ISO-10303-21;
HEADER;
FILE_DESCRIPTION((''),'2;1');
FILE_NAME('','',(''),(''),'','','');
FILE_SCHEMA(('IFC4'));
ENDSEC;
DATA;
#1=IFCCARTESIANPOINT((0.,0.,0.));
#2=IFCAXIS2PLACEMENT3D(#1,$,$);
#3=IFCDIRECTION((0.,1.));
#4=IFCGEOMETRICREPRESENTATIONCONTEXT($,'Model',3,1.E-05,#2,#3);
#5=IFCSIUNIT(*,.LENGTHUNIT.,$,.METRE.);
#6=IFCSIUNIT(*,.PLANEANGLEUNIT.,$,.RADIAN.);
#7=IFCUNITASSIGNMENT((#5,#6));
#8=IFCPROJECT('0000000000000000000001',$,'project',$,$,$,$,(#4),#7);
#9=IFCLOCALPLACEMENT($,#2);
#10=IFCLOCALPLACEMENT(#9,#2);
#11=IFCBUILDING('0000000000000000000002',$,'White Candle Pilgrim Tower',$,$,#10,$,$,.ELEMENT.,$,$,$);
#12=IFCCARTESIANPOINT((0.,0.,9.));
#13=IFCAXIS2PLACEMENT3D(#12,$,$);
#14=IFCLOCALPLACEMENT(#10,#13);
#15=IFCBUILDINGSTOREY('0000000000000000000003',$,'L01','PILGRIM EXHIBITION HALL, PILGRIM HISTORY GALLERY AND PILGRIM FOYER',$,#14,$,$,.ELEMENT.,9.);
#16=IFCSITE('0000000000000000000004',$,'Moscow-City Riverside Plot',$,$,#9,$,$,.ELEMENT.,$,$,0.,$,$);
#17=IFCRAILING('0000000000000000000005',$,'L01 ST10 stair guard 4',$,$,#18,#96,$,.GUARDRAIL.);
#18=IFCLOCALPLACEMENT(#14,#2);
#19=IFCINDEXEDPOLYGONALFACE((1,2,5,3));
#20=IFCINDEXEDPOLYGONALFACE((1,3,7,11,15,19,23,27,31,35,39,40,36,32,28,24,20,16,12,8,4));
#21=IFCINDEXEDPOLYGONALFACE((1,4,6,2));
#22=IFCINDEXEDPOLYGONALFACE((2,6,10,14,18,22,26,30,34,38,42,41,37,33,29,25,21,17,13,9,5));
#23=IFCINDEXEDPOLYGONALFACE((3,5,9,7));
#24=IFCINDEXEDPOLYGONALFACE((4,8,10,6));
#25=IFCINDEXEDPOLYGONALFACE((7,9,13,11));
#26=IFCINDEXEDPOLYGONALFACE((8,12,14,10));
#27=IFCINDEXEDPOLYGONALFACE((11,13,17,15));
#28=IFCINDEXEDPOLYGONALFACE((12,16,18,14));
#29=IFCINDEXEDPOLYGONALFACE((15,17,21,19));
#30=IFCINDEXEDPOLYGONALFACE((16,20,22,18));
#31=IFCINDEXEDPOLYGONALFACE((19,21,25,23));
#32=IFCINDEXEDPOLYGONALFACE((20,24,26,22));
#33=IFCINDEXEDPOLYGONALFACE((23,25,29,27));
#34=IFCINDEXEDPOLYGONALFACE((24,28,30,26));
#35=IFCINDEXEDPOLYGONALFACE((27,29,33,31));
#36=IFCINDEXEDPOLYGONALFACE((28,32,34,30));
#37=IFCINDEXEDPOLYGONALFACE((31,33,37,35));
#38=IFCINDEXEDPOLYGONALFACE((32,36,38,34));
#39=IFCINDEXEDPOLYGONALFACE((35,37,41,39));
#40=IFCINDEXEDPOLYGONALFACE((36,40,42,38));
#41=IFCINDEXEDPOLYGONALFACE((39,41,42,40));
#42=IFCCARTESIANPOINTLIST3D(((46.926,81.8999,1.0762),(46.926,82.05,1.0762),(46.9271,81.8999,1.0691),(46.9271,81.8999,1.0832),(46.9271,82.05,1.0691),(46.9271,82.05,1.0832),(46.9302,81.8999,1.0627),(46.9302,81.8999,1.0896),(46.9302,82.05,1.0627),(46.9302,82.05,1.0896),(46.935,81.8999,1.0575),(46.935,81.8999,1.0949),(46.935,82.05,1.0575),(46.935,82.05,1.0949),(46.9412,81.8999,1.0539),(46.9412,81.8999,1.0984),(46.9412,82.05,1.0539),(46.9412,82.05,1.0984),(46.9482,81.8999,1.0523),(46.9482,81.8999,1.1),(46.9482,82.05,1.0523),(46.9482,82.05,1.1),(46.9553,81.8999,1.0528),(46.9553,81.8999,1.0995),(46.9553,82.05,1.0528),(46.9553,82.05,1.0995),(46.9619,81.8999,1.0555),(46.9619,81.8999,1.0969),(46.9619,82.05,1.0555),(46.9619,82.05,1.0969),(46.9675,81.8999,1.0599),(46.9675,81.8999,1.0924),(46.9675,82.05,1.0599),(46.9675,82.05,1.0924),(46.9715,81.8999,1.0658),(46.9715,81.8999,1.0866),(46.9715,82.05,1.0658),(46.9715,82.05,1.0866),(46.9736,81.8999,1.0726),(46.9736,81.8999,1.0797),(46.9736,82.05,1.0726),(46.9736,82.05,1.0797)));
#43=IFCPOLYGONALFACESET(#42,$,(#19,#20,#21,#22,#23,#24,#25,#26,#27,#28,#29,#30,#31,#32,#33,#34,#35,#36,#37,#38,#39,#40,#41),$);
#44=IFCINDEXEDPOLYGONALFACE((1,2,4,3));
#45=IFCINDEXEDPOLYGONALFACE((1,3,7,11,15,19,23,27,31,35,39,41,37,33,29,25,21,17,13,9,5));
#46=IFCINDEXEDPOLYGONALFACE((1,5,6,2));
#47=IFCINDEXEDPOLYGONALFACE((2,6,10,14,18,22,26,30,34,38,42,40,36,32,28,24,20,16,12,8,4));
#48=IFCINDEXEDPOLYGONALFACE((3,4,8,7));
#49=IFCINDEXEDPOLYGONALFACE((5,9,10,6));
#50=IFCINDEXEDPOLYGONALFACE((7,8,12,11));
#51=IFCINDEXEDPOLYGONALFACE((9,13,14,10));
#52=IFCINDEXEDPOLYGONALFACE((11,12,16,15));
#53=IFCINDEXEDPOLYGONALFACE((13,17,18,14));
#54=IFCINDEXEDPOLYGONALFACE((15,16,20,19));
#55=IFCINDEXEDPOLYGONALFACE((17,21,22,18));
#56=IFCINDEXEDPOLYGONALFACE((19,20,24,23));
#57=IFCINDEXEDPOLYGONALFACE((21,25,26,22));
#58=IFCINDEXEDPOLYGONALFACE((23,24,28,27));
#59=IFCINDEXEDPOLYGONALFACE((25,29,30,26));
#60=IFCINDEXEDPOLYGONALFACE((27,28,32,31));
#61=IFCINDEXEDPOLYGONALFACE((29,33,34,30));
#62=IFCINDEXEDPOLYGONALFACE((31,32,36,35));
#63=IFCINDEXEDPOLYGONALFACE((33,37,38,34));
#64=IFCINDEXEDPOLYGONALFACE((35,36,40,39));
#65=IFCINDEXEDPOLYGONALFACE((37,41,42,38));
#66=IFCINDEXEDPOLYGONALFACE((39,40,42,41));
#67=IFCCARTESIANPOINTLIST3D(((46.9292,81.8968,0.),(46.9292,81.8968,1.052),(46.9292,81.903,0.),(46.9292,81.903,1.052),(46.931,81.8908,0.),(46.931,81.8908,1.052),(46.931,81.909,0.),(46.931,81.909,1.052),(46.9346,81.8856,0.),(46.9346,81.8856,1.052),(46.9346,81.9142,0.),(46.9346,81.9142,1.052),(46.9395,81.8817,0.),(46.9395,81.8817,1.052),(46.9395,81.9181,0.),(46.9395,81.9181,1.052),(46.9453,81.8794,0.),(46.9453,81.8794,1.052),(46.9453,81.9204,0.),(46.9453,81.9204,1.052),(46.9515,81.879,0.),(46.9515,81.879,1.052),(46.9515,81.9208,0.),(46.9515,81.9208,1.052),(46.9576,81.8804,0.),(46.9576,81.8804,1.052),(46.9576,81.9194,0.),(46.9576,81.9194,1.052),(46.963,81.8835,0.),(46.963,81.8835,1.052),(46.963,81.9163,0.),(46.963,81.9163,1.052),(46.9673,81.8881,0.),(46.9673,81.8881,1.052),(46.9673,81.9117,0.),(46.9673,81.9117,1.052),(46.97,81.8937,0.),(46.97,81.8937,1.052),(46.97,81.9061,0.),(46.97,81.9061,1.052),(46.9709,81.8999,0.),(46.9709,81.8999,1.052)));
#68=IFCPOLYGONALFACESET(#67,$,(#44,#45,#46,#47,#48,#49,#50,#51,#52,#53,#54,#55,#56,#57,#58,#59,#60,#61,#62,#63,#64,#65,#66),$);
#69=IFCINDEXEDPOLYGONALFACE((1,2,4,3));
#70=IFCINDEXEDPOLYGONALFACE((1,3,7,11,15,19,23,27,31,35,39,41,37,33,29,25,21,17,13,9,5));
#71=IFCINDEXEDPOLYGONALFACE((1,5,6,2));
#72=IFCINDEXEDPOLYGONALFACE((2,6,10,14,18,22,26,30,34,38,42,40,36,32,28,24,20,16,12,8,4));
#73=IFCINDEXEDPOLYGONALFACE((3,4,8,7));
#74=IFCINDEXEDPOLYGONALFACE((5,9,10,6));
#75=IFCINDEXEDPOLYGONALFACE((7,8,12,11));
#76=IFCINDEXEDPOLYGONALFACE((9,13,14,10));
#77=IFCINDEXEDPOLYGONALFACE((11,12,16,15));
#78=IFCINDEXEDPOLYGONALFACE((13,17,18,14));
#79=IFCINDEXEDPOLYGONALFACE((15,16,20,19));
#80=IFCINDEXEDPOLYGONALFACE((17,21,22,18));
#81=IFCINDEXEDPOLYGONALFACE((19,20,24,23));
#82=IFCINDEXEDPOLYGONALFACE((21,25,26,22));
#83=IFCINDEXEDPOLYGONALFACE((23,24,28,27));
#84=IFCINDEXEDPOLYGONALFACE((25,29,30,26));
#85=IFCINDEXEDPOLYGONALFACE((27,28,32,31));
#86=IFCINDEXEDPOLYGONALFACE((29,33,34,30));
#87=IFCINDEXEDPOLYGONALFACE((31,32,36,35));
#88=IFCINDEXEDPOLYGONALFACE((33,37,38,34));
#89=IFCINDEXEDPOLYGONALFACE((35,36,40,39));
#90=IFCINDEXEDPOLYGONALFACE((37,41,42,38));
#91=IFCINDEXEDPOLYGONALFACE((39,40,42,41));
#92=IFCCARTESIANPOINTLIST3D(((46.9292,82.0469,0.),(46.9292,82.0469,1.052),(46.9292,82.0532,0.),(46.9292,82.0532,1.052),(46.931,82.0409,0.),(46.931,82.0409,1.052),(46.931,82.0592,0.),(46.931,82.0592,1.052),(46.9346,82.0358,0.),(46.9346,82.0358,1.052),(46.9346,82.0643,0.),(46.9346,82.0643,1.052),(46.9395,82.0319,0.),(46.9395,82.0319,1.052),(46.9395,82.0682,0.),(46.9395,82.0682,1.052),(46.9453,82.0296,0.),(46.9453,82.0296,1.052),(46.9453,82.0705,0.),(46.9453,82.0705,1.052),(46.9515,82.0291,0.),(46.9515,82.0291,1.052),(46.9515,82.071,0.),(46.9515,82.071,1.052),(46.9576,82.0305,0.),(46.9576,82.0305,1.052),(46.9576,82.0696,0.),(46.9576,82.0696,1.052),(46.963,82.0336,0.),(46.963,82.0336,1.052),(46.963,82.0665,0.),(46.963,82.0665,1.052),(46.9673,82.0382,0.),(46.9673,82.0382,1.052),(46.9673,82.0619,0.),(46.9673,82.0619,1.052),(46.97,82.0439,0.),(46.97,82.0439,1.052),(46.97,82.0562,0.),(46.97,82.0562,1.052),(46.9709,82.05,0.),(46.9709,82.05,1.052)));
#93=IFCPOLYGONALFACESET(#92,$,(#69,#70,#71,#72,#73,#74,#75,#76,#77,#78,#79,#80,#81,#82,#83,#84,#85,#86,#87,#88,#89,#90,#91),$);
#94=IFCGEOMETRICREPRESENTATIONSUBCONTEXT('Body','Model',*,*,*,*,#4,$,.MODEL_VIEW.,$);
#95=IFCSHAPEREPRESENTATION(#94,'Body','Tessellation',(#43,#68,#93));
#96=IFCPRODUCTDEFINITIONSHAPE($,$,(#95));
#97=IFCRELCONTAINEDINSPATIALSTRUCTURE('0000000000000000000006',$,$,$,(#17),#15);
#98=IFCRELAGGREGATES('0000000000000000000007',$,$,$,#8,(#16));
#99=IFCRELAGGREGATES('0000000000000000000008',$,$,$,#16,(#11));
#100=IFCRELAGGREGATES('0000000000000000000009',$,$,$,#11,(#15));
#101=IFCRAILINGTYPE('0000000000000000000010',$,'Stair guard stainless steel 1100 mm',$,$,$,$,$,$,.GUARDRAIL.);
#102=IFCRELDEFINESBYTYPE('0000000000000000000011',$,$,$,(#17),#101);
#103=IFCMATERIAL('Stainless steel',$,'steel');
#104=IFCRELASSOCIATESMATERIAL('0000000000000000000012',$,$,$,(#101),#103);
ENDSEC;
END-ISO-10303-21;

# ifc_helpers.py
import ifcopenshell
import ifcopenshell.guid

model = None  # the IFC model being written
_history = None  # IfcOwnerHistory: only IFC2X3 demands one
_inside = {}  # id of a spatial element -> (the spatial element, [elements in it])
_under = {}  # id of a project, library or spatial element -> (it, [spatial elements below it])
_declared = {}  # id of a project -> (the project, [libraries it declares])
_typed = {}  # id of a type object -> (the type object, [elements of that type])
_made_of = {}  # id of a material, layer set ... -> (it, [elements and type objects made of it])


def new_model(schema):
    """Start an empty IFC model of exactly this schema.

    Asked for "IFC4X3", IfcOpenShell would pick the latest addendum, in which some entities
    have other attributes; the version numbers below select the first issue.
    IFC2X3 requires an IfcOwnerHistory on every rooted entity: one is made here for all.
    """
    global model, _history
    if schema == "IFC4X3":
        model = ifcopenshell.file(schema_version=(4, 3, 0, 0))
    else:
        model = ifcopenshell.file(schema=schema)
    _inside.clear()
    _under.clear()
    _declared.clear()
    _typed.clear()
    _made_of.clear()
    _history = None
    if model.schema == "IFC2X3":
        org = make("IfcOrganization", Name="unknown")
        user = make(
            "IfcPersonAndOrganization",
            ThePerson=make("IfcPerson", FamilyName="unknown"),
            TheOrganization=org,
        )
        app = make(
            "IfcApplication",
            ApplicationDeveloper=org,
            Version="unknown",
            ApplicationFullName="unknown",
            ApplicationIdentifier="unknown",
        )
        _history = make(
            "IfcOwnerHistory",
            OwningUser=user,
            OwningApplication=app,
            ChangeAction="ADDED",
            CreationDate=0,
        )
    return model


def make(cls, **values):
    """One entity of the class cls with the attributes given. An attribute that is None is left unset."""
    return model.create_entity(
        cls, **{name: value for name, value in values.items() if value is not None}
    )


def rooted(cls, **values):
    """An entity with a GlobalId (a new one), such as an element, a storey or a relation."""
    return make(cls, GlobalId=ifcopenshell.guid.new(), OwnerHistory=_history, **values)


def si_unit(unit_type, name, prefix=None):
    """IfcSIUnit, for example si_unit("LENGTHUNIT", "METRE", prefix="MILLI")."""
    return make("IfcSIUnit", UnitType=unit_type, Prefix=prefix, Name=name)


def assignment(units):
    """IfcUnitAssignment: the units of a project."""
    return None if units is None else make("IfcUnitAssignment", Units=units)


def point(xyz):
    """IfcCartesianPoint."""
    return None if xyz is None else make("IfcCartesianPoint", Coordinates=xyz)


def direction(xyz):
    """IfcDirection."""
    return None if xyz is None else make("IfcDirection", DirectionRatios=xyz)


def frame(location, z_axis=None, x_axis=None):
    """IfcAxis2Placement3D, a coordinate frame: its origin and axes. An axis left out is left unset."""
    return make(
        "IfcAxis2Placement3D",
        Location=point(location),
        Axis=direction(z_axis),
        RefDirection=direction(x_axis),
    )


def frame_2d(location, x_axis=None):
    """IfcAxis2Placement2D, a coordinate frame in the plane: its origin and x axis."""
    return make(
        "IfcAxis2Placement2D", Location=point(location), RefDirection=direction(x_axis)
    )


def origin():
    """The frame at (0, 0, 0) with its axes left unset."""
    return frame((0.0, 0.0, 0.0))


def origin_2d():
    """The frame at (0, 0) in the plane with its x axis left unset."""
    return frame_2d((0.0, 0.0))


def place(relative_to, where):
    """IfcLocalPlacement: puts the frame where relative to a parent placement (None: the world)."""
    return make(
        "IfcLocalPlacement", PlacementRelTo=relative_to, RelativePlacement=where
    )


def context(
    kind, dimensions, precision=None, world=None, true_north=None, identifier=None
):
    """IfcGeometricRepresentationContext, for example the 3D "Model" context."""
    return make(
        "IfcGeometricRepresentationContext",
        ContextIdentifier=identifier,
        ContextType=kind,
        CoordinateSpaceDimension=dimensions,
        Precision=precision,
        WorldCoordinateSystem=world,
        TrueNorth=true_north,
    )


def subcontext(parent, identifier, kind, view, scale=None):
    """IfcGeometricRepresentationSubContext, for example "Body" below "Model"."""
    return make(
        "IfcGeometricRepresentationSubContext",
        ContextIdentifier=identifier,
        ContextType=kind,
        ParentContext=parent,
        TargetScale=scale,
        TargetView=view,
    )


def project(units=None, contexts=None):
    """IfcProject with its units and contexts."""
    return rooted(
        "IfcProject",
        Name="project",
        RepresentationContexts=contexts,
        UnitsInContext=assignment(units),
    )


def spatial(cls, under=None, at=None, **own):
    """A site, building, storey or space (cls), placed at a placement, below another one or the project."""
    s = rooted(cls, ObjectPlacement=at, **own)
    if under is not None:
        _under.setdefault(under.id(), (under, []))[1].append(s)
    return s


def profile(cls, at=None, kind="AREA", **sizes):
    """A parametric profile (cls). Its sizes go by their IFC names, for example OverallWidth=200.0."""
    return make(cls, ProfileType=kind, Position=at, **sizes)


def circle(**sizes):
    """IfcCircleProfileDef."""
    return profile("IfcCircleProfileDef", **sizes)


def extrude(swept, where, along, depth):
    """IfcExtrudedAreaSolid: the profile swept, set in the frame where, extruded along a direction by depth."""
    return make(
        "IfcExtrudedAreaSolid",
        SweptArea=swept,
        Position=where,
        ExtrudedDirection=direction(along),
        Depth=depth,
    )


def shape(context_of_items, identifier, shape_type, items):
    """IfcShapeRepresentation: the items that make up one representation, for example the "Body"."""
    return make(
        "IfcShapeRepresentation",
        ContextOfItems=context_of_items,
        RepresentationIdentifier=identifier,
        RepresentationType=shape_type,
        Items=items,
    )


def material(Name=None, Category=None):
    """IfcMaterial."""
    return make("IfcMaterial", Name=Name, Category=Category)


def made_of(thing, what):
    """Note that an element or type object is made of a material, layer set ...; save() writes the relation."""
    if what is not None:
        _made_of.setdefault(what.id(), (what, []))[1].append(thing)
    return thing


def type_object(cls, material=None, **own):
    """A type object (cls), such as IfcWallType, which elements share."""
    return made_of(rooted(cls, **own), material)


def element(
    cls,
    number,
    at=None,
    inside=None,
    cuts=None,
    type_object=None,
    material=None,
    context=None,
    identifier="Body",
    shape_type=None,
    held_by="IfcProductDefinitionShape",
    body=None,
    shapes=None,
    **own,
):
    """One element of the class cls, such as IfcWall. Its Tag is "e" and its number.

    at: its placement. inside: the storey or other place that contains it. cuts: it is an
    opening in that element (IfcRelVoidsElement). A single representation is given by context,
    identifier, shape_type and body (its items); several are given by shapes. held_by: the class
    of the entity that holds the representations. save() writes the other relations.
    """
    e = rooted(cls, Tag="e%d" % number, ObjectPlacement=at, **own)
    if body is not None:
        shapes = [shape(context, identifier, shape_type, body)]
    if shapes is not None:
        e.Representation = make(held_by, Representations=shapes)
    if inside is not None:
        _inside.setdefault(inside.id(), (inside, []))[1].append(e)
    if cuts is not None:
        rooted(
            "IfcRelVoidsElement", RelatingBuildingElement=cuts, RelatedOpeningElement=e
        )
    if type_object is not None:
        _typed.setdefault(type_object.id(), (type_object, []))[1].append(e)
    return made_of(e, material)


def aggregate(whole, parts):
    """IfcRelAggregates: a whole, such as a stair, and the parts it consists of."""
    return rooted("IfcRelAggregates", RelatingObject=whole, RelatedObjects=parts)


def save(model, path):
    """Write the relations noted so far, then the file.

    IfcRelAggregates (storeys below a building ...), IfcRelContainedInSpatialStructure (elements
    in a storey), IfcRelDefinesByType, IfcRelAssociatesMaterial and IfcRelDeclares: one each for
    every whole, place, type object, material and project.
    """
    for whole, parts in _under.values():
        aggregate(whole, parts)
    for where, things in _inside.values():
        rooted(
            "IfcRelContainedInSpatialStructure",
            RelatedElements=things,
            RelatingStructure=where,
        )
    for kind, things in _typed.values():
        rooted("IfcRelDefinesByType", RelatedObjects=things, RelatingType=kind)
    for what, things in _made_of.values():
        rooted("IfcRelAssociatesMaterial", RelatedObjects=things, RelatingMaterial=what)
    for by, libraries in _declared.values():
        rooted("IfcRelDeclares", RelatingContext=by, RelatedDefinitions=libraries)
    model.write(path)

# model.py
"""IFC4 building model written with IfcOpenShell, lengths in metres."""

from ifc_helpers import new_model, si_unit, direction, frame, origin, origin_2d, place, context, subcontext, project, spatial, circle, extrude, material, type_object, element, save


model = new_model("IFC4")

# Units and contexts
model_context = context("Model", 3, precision=1e-05, world=origin(), true_north=direction((0.0, 1.0)))
body_context = subcontext(model_context, "Body", "Model", "MODEL_VIEW")
ifc_project = project(units=[si_unit("LENGTHUNIT", "METRE"), si_unit("PLANEANGLEUNIT", "RADIAN")], contexts=[model_context])

# Site, building, storey
site_placement = place(None, origin())
site = spatial("IfcSite", under=ifc_project, at=site_placement, Name="Moscow-City Riverside Plot", CompositionType="ELEMENT", RefElevation=0.0)
building_placement = place(site_placement, origin())
building = spatial("IfcBuilding", under=site, at=building_placement, Name="White Candle Pilgrim Tower", CompositionType="ELEMENT")
storey_placement = place(building_placement, frame((0.0, 0.0, 9.0)))
storey = spatial("IfcBuildingStorey", under=building, at=storey_placement, Name="L01", Description="PILGRIM EXHIBITION HALL, PILGRIM HISTORY GALLERY AND PILGRIM FOYER", CompositionType="ELEMENT", Elevation=9.0)

# Railing
ifc_material_1 = material(Name="Stainless steel", Category="steel")
railing_type_1 = type_object("IfcRailingType", Name="Stair guard stainless steel 1100 mm", PredefinedType="GUARDRAIL", material=ifc_material_1)
railing_1_placement = place(storey_placement, frame((46.95, 81.8999, 0.0)))
element("IfcRailing", 1, at=railing_1_placement, inside=storey, type_object=railing_type_1, Name="L01 ST10 stair guard 4", PredefinedType="GUARDRAIL", context=body_context, shape_type="SweptSolid", body=[
    extrude(circle(Radius=0.0239, at=origin_2d()), frame((0.0, 0.0, 1.0762), z_axis=(0.0, 1.0, 0.0), x_axis=(-1.0, 0.0, 0.0)), (0.0, 0.0, 1.0), 0.1501),
    extrude(circle(Radius=0.021, at=origin_2d()), origin(), (0.0, 0.0, 1.0), 1.052),
    extrude(circle(Radius=0.021, at=origin_2d()), frame((0.0, 0.1501, 0.0)), (0.0, 0.0, 1.0), 1.052),
])

save(model, "model.ifc")
